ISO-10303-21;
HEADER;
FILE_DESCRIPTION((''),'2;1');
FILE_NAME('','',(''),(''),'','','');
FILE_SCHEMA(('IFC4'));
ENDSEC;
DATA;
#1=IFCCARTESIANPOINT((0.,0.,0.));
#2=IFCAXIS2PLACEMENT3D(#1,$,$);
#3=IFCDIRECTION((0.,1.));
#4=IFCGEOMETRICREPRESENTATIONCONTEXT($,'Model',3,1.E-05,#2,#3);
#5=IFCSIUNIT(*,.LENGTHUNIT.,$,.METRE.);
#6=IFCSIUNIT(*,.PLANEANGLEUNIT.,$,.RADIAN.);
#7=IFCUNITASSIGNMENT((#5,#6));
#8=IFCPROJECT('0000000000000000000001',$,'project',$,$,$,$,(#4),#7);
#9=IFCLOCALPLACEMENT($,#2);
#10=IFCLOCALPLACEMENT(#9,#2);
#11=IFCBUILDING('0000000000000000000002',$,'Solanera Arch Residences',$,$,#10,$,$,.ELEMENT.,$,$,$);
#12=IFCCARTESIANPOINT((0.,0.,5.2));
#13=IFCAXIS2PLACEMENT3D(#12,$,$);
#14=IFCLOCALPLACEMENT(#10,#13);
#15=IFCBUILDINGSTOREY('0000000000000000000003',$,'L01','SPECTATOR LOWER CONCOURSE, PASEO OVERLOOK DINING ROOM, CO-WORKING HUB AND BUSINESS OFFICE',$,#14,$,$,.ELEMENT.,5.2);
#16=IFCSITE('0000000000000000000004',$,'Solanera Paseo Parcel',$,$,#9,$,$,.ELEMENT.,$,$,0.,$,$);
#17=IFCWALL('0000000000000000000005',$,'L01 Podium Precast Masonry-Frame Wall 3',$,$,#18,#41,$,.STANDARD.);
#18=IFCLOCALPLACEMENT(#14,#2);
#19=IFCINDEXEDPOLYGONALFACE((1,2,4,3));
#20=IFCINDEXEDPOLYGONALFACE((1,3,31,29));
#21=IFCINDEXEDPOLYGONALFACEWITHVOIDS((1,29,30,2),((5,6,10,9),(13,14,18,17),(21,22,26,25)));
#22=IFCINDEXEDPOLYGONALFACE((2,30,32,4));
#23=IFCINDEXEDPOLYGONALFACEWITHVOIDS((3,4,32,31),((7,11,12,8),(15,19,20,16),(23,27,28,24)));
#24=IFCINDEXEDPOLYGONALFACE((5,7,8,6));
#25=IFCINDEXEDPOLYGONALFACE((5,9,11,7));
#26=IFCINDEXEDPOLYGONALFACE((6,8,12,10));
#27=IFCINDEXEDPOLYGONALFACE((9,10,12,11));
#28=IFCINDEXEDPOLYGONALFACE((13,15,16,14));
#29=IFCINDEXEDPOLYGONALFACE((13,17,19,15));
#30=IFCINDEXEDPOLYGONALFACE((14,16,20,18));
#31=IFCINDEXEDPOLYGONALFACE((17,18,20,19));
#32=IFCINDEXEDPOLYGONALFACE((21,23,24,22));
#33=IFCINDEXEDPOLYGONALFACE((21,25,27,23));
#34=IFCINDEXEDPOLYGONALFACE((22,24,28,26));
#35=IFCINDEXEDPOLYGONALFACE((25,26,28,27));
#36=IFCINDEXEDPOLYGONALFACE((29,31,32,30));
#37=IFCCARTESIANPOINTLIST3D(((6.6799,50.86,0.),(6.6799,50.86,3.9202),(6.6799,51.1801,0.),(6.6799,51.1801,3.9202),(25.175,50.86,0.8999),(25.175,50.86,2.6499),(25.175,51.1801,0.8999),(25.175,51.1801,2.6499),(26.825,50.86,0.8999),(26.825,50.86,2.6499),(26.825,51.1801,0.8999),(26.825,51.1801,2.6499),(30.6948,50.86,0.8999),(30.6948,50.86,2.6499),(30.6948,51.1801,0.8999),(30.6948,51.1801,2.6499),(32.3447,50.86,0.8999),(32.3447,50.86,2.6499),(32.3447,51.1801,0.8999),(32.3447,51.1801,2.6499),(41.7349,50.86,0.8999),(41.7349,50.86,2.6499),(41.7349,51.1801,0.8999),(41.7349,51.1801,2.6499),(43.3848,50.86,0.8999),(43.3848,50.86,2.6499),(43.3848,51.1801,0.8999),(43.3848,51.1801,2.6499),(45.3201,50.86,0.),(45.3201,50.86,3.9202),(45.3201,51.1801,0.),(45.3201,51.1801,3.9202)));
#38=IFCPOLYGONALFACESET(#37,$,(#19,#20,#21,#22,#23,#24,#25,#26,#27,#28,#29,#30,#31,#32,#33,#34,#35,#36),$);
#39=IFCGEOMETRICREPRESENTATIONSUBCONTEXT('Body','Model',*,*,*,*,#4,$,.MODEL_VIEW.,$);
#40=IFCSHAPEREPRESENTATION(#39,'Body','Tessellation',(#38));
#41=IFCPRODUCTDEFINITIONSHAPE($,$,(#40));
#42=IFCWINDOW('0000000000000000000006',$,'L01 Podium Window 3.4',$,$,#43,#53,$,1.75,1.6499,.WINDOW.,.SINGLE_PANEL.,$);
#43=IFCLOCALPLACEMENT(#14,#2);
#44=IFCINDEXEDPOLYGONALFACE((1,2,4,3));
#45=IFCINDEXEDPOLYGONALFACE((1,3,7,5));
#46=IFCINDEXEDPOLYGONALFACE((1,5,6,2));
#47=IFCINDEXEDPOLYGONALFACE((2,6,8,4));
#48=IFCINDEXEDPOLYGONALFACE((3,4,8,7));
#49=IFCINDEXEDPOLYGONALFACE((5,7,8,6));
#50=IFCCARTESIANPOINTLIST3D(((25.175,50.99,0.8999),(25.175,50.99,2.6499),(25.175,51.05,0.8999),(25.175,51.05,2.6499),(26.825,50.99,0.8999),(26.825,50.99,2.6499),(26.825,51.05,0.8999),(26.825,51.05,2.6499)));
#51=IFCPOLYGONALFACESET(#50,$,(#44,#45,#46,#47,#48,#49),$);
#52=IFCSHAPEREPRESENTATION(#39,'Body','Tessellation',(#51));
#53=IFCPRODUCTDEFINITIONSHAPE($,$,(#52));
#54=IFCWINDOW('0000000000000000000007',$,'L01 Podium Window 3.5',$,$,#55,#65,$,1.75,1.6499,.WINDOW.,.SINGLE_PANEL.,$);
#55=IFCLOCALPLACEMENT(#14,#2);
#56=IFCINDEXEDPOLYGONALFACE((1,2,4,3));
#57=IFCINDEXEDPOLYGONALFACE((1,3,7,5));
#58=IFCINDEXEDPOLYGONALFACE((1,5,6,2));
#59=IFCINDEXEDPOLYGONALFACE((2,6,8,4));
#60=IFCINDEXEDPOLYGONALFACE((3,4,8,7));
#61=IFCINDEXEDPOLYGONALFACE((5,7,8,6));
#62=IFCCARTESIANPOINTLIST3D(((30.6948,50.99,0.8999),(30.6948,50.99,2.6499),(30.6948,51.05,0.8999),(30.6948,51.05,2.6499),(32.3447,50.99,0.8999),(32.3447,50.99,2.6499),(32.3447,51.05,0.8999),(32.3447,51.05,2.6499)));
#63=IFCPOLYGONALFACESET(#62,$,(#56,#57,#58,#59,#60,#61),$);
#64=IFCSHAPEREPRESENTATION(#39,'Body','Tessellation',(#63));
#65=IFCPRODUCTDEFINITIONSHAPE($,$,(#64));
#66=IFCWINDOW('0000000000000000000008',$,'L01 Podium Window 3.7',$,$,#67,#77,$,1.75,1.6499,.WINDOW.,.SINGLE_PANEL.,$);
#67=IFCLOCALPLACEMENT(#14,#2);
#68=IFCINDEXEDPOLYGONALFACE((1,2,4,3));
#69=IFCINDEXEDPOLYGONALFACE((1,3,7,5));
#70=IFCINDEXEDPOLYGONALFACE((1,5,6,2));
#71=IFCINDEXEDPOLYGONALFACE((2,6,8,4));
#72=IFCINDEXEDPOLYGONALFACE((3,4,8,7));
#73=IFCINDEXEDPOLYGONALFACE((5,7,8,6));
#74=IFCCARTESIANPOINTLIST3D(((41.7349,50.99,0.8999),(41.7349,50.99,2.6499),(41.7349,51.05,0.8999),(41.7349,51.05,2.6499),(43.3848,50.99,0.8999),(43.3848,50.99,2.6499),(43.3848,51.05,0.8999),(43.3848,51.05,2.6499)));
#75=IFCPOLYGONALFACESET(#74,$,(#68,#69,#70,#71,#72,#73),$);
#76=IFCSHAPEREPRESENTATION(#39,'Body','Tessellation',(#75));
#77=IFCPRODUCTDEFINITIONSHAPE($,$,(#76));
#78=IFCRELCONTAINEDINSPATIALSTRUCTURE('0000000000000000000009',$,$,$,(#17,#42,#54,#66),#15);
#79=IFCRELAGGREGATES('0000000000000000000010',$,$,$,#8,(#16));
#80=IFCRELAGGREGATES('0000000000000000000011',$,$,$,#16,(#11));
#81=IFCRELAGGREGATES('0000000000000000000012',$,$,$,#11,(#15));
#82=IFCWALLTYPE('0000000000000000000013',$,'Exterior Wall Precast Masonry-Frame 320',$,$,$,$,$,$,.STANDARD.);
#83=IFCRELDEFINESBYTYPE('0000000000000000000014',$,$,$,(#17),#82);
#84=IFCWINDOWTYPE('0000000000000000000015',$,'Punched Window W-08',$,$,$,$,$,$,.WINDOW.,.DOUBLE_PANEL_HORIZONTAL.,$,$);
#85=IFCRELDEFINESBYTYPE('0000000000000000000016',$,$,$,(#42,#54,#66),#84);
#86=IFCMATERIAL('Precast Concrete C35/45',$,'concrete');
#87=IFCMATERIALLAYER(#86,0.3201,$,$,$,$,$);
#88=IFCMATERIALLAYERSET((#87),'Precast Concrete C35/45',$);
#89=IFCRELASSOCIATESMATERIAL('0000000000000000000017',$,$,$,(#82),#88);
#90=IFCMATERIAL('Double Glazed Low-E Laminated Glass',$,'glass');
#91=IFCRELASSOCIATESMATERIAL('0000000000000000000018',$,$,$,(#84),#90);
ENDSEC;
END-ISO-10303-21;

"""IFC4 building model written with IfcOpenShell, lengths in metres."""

from ifc_helpers import new_model, si_unit, direction, frame, frame_2d, origin, place, context, subcontext, project, spatial, rectangle, extrude, material, layer, layer_set, type_object, element, fill, save


model = new_model("IFC4")

# Units and contexts
model_context = context("Model", 3, precision=1e-05, world=origin(), true_north=direction((0.0, 1.0)))
body_context = subcontext(model_context, "Body", "Model", "MODEL_VIEW")
ifc_project = project(units=[si_unit("LENGTHUNIT", "METRE"), si_unit("PLANEANGLEUNIT", "RADIAN")], contexts=[model_context])

# Site, building, storey
site_placement = place(None, origin())
site = spatial("IfcSite", under=ifc_project, at=site_placement, Name="Solanera Paseo Parcel", CompositionType="ELEMENT", RefElevation=0.0)
building_placement = place(site_placement, origin())
building = spatial("IfcBuilding", under=site, at=building_placement, Name="Solanera Arch Residences", CompositionType="ELEMENT")
storey_placement = place(building_placement, frame((0.0, 0.0, 5.2)))
storey = spatial("IfcBuildingStorey", under=building, at=storey_placement, Name="L01", Description="SPECTATOR LOWER CONCOURSE, PASEO OVERLOOK DINING ROOM, CO-WORKING HUB AND BUSINESS OFFICE", CompositionType="ELEMENT", Elevation=5.2)

# Shared definitions
ifc_material_1 = material(Name="Precast Concrete C35/45", Category="concrete")
ifc_layer_1 = layer(ifc_material_1, 0.3201)
ifc_layer_set_1 = layer_set([ifc_layer_1], Name="Precast Concrete C35/45")
wall_type_1 = type_object("IfcWallType", Name="Exterior Wall Precast Masonry-Frame 320", PredefinedType="STANDARD", material=ifc_layer_set_1)

# Wall, openings, windows
wall_1_placement = place(storey_placement, frame((6.6799, 51.02, 0.0), z_axis=(0.0, 0.0, 1.0), x_axis=(1.0, 0.0, 0.0)))
wall_1 = element("IfcWall", 1, at=wall_1_placement, inside=storey, type_object=wall_type_1, Name="L01 Podium Precast Masonry-Frame Wall 3", PredefinedType="STANDARD", context=body_context, shape_type="SweptSolid", body=[
    extrude(rectangle(XDim=38.6401, YDim=0.3201, at=frame_2d((19.3201, 0.0))), origin(), (0.0, 0.0, 1.0), 3.9202),
])
opening_1_placement = place(wall_1_placement, frame((18.4951, 0.0, 0.8999)))
opening_1 = element("IfcOpeningElement", 2, at=opening_1_placement, cuts=wall_1, PredefinedType="OPENING", context=body_context, shape_type="SweptSolid", body=[
    extrude(rectangle(XDim=1.6499, YDim=1.75, at=frame_2d((0.825, 0.875))), frame((0.0, 0.1699, 0.0), z_axis=(0.0, -1.0, 0.0), x_axis=(1.0, 0.0, 0.0)), (0.0, 0.0, 1.0), 0.3401),
])
opening_2_placement = place(wall_1_placement, frame((24.0149, 0.0, 0.8999)))
opening_2 = element("IfcOpeningElement", 3, at=opening_2_placement, cuts=wall_1, PredefinedType="OPENING", context=body_context, shape_type="SweptSolid", body=[
    extrude(rectangle(XDim=1.6499, YDim=1.75, at=frame_2d((0.825, 0.875))), frame((0.0, 0.1699, 0.0), z_axis=(0.0, -1.0, 0.0), x_axis=(1.0, 0.0, 0.0)), (0.0, 0.0, 1.0), 0.3401),
])
opening_3_placement = place(wall_1_placement, frame((35.0549, 0.0, 0.8999)))
opening_3 = element("IfcOpeningElement", 4, at=opening_3_placement, cuts=wall_1, PredefinedType="OPENING", context=body_context, shape_type="SweptSolid", body=[
    extrude(rectangle(XDim=1.6499, YDim=1.75, at=frame_2d((0.825, 0.875))), frame((0.0, 0.1699, 0.0), z_axis=(0.0, -1.0, 0.0), x_axis=(1.0, 0.0, 0.0)), (0.0, 0.0, 1.0), 0.3401),
])
ifc_material_2 = material(Name="Double Glazed Low-E Laminated Glass", Category="glass")
window_type = type_object("IfcWindowType", Name="Punched Window W-08", PartitioningType="DOUBLE_PANEL_HORIZONTAL", PredefinedType="WINDOW", material=ifc_material_2)
window_1_placement = place(opening_1_placement, origin())
window_1 = element("IfcWindow", 5, at=window_1_placement, inside=storey, type_object=window_type, Name="L01 Podium Window 3.4", OverallHeight=1.75, OverallWidth=1.6499, PartitioningType="SINGLE_PANEL", PredefinedType="WINDOW", context=body_context, shape_type="SweptSolid", body=[
    extrude(rectangle(XDim=1.6499, YDim=1.75, at=frame_2d((0.825, 0.875))), frame((0.0, 0.03, 0.0), z_axis=(0.0, -1.0, 0.0), x_axis=(1.0, 0.0, 0.0)), (0.0, 0.0, 1.0), 0.0601),
])
fill(opening_1, window_1)
window_2_placement = place(opening_2_placement, origin())
window_2 = element("IfcWindow", 6, at=window_2_placement, inside=storey, type_object=window_type, Name="L01 Podium Window 3.5", OverallHeight=1.75, OverallWidth=1.6499, PartitioningType="SINGLE_PANEL", PredefinedType="WINDOW", context=body_context, shape_type="SweptSolid", body=[
    extrude(rectangle(XDim=1.6499, YDim=1.75, at=frame_2d((0.825, 0.875))), frame((0.0, 0.03, 0.0), z_axis=(0.0, -1.0, 0.0), x_axis=(1.0, 0.0, 0.0)), (0.0, 0.0, 1.0), 0.0601),
])
fill(opening_2, window_2)
window_3_placement = place(opening_3_placement, origin())
window_3 = element("IfcWindow", 7, at=window_3_placement, inside=storey, type_object=window_type, Name="L01 Podium Window 3.7", OverallHeight=1.75, OverallWidth=1.6499, PartitioningType="SINGLE_PANEL", PredefinedType="WINDOW", context=body_context, shape_type="SweptSolid", body=[
    extrude(rectangle(XDim=1.6499, YDim=1.75, at=frame_2d((0.825, 0.875))), frame((0.0, 0.03, 0.0), z_axis=(0.0, -1.0, 0.0), x_axis=(1.0, 0.0, 0.0)), (0.0, 0.0, 1.0), 0.0601),
])
fill(opening_3, window_3)

save(model, "model.ifc")
